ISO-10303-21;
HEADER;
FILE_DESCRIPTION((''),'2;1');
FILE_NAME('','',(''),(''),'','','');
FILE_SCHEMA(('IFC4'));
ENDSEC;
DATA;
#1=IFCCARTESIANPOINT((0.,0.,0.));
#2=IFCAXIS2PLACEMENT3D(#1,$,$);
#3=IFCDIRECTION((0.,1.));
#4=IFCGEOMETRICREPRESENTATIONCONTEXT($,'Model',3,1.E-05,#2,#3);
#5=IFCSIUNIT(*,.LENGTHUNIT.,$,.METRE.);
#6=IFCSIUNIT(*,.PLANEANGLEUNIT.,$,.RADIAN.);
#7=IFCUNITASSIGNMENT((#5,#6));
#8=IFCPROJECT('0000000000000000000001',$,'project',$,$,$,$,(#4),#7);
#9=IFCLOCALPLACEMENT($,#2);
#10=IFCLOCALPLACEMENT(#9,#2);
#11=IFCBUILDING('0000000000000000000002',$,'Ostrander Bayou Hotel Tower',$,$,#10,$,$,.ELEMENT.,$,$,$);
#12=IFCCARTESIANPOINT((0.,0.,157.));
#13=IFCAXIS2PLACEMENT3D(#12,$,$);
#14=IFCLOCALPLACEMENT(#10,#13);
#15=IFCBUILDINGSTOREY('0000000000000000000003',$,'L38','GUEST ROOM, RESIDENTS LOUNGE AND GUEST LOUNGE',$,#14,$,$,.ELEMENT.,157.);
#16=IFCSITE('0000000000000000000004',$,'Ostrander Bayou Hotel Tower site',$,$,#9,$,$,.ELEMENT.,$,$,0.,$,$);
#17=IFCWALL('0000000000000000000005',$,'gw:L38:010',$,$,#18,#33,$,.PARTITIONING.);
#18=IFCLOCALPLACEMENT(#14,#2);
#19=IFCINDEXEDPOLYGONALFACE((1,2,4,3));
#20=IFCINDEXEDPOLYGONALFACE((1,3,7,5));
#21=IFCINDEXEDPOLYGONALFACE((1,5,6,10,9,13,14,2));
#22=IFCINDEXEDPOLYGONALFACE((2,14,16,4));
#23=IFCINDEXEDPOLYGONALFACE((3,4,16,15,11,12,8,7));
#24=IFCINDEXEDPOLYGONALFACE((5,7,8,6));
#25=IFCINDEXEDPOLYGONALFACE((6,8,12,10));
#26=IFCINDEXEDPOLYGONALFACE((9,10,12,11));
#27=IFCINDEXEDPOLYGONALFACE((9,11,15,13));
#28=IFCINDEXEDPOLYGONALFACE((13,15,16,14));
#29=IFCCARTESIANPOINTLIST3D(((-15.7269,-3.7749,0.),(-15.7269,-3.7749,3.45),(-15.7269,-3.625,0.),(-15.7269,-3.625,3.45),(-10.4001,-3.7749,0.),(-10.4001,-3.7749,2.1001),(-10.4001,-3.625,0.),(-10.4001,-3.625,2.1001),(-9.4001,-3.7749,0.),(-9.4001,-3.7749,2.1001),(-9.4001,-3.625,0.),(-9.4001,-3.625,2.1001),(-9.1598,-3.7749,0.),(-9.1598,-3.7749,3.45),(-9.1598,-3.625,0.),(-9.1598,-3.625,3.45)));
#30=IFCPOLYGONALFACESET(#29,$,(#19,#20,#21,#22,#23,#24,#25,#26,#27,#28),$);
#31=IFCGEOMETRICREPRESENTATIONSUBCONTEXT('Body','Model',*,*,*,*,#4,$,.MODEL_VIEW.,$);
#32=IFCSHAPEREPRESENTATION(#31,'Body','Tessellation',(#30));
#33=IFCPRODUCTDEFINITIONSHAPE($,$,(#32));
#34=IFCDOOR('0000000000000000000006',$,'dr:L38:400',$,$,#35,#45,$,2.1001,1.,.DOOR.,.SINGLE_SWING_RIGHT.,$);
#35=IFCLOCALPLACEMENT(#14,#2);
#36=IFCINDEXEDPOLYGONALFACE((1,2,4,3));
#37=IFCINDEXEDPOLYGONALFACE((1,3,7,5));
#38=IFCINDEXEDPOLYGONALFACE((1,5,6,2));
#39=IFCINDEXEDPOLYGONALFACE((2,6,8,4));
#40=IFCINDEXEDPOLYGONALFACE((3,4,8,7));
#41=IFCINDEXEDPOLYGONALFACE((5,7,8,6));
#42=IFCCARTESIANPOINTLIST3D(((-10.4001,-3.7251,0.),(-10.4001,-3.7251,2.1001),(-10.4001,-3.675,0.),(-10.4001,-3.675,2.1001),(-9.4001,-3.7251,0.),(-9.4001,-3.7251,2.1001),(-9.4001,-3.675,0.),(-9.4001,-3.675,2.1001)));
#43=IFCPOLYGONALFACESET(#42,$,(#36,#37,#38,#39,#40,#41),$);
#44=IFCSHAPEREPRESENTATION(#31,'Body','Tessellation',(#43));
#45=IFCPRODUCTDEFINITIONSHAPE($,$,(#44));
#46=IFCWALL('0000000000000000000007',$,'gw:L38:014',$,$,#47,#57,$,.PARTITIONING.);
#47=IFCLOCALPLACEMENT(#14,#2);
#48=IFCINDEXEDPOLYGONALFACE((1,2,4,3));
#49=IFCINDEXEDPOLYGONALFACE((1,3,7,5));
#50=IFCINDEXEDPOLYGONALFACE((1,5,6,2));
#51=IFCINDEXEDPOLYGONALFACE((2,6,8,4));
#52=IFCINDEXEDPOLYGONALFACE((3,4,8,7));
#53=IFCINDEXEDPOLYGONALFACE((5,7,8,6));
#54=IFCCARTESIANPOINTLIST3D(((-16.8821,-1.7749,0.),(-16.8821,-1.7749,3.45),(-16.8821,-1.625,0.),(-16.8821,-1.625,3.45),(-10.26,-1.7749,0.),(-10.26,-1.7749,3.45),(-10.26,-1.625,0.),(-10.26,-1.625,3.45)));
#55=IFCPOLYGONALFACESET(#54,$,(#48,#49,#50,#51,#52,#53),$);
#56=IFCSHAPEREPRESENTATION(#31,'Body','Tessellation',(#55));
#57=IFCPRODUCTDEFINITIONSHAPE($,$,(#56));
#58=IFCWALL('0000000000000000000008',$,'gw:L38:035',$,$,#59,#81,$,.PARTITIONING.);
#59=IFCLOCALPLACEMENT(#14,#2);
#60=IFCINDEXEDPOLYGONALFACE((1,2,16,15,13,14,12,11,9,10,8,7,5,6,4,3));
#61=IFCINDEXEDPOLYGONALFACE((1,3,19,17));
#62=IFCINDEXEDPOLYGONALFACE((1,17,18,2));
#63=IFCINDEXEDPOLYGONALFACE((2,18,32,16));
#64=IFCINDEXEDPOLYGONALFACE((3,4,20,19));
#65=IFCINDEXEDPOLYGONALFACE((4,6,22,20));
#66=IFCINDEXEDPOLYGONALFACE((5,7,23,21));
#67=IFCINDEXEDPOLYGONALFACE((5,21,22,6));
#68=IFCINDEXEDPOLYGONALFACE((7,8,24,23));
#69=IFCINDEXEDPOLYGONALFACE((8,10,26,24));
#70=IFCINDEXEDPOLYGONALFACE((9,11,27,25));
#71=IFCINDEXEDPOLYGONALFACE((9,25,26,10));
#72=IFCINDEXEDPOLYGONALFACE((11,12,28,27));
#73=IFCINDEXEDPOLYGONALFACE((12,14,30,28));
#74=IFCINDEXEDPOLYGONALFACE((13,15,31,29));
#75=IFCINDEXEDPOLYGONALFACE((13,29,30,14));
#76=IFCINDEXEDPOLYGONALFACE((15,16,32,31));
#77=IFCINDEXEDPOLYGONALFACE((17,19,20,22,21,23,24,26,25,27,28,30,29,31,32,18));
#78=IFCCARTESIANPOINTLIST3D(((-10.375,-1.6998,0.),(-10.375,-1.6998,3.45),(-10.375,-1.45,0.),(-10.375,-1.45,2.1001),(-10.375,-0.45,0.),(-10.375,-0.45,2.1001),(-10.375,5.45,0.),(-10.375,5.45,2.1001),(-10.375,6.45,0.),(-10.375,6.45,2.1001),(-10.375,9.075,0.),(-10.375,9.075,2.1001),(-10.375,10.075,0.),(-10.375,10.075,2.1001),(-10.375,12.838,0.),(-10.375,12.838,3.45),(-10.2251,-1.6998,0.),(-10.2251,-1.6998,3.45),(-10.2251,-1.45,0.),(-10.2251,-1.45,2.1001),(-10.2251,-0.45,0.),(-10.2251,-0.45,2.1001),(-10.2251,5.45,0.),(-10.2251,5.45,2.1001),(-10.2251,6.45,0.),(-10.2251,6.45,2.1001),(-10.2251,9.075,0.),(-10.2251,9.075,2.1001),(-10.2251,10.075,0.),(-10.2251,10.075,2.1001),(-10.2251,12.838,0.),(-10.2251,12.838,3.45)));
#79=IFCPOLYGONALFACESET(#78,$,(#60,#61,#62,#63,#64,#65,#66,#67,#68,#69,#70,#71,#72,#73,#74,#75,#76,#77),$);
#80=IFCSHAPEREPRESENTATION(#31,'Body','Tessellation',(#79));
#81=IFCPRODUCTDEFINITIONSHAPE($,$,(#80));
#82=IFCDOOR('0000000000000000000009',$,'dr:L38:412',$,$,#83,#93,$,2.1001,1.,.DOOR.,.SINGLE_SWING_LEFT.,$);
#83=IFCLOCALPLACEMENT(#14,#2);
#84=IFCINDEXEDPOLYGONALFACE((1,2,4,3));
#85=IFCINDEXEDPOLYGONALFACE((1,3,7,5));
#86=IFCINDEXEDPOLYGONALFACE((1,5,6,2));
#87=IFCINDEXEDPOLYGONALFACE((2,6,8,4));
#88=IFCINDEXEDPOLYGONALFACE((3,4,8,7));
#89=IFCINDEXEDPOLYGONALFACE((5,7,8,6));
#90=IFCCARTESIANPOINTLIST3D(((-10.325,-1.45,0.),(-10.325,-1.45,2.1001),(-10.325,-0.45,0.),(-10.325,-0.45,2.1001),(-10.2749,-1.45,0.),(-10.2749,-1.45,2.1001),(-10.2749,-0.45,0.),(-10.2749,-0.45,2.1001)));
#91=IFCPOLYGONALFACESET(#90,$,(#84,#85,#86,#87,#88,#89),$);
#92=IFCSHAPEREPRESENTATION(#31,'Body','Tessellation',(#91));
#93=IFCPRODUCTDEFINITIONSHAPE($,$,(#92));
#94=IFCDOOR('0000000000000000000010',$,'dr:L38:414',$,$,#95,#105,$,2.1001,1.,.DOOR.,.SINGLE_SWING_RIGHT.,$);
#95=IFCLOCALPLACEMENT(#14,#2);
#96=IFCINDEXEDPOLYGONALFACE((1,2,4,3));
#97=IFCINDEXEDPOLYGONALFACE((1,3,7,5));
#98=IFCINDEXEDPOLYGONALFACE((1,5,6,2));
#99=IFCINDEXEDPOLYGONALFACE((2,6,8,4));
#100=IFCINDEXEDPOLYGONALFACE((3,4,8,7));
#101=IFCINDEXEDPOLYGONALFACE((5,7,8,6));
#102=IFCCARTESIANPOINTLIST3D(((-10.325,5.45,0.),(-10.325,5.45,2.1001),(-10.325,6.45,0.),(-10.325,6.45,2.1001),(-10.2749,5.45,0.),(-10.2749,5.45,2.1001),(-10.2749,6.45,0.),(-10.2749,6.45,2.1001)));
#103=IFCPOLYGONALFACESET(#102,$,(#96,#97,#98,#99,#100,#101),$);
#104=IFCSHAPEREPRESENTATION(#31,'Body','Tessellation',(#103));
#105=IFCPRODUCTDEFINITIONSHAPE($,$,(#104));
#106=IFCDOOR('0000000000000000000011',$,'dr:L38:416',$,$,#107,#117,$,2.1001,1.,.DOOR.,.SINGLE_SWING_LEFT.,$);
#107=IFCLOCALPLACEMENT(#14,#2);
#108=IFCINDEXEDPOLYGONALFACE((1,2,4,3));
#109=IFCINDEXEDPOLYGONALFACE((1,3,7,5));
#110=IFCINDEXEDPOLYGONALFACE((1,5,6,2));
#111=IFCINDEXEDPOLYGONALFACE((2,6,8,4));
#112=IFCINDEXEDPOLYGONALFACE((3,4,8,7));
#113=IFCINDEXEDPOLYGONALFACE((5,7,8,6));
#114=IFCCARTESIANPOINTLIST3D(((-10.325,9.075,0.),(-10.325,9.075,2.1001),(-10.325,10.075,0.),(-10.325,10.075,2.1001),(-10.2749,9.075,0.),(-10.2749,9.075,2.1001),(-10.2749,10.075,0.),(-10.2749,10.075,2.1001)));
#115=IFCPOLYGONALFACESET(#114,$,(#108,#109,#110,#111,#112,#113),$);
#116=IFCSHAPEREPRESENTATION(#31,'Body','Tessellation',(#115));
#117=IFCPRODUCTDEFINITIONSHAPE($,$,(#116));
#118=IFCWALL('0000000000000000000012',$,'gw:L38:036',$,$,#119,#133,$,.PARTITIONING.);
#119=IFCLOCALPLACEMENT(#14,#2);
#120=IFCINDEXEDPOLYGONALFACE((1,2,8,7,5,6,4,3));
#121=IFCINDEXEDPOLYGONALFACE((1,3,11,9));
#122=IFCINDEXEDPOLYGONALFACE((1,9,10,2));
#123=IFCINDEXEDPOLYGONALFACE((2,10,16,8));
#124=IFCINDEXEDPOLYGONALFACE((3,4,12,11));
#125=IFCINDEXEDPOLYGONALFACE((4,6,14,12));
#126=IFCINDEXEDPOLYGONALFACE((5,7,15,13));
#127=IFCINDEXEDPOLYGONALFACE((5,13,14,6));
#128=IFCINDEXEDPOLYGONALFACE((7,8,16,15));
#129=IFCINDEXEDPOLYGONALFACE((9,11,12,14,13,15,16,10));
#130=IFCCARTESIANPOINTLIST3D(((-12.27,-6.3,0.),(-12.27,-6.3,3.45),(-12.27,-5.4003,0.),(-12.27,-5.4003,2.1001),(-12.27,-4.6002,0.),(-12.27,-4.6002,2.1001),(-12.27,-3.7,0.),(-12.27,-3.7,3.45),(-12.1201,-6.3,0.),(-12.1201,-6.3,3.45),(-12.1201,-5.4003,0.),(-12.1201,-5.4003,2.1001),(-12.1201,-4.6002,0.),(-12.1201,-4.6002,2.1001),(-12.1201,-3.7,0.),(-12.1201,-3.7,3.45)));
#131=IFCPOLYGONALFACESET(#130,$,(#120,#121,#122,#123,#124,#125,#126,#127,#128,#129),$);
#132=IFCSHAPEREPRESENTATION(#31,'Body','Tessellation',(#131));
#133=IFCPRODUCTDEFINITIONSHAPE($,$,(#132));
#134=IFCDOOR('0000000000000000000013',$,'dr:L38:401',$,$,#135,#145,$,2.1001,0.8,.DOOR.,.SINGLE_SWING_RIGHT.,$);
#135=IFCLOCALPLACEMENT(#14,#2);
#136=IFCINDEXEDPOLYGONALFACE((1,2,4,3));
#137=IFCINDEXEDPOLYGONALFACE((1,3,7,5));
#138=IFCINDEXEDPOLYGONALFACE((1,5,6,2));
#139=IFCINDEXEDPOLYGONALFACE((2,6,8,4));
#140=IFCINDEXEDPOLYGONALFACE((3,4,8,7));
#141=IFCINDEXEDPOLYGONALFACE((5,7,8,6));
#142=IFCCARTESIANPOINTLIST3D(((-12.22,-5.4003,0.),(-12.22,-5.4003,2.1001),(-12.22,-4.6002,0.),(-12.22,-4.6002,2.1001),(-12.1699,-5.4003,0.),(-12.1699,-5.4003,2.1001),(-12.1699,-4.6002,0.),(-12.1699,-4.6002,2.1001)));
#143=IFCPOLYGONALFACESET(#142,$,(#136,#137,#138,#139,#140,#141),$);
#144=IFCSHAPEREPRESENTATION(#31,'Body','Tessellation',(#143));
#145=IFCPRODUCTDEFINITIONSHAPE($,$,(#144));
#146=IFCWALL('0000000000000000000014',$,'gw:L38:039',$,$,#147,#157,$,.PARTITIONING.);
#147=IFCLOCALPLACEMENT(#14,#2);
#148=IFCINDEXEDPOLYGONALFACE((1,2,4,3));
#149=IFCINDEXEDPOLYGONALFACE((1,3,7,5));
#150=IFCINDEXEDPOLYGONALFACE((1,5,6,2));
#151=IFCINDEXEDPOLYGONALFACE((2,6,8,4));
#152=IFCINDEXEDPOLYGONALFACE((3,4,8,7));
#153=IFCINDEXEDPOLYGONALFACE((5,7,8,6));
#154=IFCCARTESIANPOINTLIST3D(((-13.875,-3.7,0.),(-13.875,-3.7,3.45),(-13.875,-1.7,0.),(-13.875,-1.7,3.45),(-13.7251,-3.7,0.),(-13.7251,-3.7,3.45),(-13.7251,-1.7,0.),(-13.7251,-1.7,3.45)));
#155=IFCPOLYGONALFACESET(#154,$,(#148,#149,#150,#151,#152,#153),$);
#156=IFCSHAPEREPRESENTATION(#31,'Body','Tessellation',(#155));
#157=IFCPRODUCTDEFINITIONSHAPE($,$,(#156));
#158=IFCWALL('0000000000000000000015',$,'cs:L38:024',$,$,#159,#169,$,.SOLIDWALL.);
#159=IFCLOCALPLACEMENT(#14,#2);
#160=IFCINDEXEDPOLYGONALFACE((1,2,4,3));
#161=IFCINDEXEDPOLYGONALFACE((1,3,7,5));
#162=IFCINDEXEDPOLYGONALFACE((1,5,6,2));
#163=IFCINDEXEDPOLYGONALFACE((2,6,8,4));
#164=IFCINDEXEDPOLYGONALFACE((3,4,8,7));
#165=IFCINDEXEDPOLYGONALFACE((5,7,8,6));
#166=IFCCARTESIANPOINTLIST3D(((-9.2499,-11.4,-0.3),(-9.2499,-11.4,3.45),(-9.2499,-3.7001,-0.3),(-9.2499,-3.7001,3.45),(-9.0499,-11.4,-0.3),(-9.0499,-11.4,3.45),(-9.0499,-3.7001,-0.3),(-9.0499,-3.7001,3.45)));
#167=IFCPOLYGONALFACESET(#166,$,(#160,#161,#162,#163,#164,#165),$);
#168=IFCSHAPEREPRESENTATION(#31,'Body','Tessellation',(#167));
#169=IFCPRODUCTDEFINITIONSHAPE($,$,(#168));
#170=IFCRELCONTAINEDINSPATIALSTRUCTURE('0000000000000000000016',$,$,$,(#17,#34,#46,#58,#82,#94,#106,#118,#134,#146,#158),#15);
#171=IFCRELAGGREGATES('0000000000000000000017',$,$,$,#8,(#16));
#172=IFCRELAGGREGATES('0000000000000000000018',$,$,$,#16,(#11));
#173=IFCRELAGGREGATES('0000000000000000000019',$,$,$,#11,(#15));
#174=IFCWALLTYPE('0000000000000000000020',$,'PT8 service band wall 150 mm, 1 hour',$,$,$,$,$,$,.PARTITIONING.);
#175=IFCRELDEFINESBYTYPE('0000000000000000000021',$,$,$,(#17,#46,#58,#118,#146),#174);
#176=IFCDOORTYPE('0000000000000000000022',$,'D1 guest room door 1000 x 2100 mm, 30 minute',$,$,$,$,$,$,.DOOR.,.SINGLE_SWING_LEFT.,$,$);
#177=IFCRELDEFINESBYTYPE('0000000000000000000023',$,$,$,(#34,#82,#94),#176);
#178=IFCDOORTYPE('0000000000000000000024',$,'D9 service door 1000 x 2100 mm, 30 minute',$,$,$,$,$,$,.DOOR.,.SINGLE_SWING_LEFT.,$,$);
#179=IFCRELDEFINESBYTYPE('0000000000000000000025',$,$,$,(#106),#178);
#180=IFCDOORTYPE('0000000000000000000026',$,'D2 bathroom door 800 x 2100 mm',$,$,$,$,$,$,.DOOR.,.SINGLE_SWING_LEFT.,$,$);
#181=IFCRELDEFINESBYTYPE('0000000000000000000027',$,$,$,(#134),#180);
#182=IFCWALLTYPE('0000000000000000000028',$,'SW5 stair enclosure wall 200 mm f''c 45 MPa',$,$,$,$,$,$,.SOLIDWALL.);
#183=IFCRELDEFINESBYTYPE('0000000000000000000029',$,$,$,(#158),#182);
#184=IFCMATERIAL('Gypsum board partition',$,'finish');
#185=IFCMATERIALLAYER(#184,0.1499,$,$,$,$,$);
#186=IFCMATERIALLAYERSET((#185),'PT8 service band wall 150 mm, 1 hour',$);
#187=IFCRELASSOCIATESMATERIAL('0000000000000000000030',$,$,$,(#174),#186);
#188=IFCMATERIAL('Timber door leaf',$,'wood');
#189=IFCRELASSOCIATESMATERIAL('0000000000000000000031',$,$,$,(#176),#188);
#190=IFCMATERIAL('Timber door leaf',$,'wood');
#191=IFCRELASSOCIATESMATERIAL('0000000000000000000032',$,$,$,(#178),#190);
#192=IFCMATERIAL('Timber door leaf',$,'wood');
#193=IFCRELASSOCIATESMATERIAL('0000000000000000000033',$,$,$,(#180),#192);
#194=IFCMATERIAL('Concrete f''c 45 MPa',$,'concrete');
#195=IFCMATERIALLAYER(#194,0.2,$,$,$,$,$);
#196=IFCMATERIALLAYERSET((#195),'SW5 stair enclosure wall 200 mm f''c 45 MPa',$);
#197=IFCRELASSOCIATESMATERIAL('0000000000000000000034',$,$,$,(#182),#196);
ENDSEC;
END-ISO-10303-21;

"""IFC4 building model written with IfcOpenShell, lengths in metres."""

from ifc_helpers import new_model, si_unit, direction, frame, frame_2d, origin, place, context, subcontext, project, spatial, rectangle, extrude, material, layer, layer_set, type_object, element, fill, save


model = new_model("IFC4")

# Units and contexts
model_context = context("Model", 3, precision=1e-05, world=origin(), true_north=direction((0.0, 1.0)))
body_context = subcontext(model_context, "Body", "Model", "MODEL_VIEW")
ifc_project = project(units=[si_unit("LENGTHUNIT", "METRE"), si_unit("PLANEANGLEUNIT", "RADIAN")], contexts=[model_context])

# Site, building, storey
site_placement = place(None, origin())
site = spatial("IfcSite", under=ifc_project, at=site_placement, Name="Ostrander Bayou Hotel Tower site", CompositionType="ELEMENT", RefElevation=0.0)
building_placement = place(site_placement, origin())
building = spatial("IfcBuilding", under=site, at=building_placement, Name="Ostrander Bayou Hotel Tower", CompositionType="ELEMENT")
storey_placement = place(building_placement, frame((0.0, 0.0, 157.0)))
storey = spatial("IfcBuildingStorey", under=building, at=storey_placement, Name="L38", Description="GUEST ROOM, RESIDENTS LOUNGE AND GUEST LOUNGE", CompositionType="ELEMENT", Elevation=157.0)

# Shared definitions
ifc_material_1 = material(Name="Gypsum board partition", Category="finish")
ifc_layer_1 = layer(ifc_material_1, 0.1499)
ifc_layer_set_1 = layer_set([ifc_layer_1], Name="PT8 service band wall 150 mm, 1 hour")
wall_type_1 = type_object("IfcWallType", Name="PT8 service band wall 150 mm, 1 hour", PredefinedType="PARTITIONING", material=ifc_layer_set_1)

# Wall, opening, door
wall_1_placement = place(storey_placement, frame((-15.7271, -3.7, 0.0), z_axis=(0.0, 0.0, 1.0), x_axis=(1.0, 0.0, 0.0)))
wall_1 = element("IfcWall", 1, at=wall_1_placement, inside=storey, type_object=wall_type_1, Name="gw:L38:010", PredefinedType="PARTITIONING", context=body_context, shape_type="SweptSolid", body=[
    extrude(rectangle(XDim=6.5671, YDim=0.1499, at=frame_2d((3.2837, 0.0))), origin(), (0.0, 0.0, 1.0), 3.45),
])
opening_1_placement = place(wall_1_placement, frame((5.3269, 0.0, 0.0)))
opening_1 = element("IfcOpeningElement", 2, at=opening_1_placement, cuts=wall_1, PredefinedType="OPENING", context=body_context, shape_type="SweptSolid", body=[
    extrude(rectangle(XDim=1.0, YDim=2.1001, at=frame_2d((0.5, 1.05))), frame((0.0, 0.075, 0.0), z_axis=(0.0, -1.0, 0.0), x_axis=(1.0, 0.0, 0.0)), (0.0, 0.0, 1.0), 0.1499),
])
ifc_material_2 = material(Name="Timber door leaf", Category="wood")
door_type_1 = type_object("IfcDoorType", Name="D1 guest room door 1000 x 2100 mm, 30 minute", OperationType="SINGLE_SWING_LEFT", PredefinedType="DOOR", material=ifc_material_2)
door_1_placement = place(opening_1_placement, origin())
door_1 = element("IfcDoor", 3, at=door_1_placement, inside=storey, type_object=door_type_1, Name="dr:L38:400", OperationType="SINGLE_SWING_RIGHT", OverallHeight=2.1001, OverallWidth=1.0, PredefinedType="DOOR", context=body_context, shape_type="SweptSolid", body=[
    extrude(rectangle(XDim=1.0, YDim=2.1001, at=frame_2d((0.5, 1.05))), frame((0.0, 0.0249, 0.0), z_axis=(0.0, -1.0, 0.0), x_axis=(1.0, 0.0, 0.0)), (0.0, 0.0, 1.0), 0.05),
])
fill(opening_1, door_1)

# Wall
wall_2_placement = place(storey_placement, frame((-16.8821, -1.7, 0.0), z_axis=(0.0, 0.0, 1.0), x_axis=(1.0, 0.0, 0.0)))
element("IfcWall", 4, at=wall_2_placement, inside=storey, type_object=wall_type_1, Name="gw:L38:014", PredefinedType="PARTITIONING", context=body_context, shape_type="SweptSolid", body=[
    extrude(rectangle(XDim=6.6221, YDim=0.1499, at=frame_2d((3.311, 0.0))), origin(), (0.0, 0.0, 1.0), 3.45),
])

# Wall, openings, doors
wall_3_placement = place(storey_placement, frame((-10.3, -1.7, 0.0), z_axis=(0.0, 0.0, 1.0), x_axis=(0.0, 1.0, 0.0)))
wall_3 = element("IfcWall", 5, at=wall_3_placement, inside=storey, type_object=wall_type_1, Name="gw:L38:035", PredefinedType="PARTITIONING", context=body_context, shape_type="SweptSolid", body=[
    extrude(rectangle(XDim=14.5378, YDim=0.1499, at=frame_2d((7.269, 0.0))), origin(), (0.0, 0.0, 1.0), 3.45),
])
opening_2_placement = place(wall_3_placement, frame((0.25, 0.0, 0.0)))
opening_2 = element("IfcOpeningElement", 6, at=opening_2_placement, cuts=wall_3, PredefinedType="OPENING", context=body_context, shape_type="SweptSolid", body=[
    extrude(rectangle(XDim=1.0, YDim=2.1001, at=frame_2d((0.5, 1.05))), frame((0.0, 0.075, 0.0), z_axis=(0.0, -1.0, 0.0), x_axis=(1.0, 0.0, 0.0)), (0.0, 0.0, 1.0), 0.1499),
])
opening_3_placement = place(wall_3_placement, frame((7.1499, 0.0, 0.0)))
opening_3 = element("IfcOpeningElement", 7, at=opening_3_placement, cuts=wall_3, PredefinedType="OPENING", context=body_context, shape_type="SweptSolid", body=[
    extrude(rectangle(XDim=1.0, YDim=2.1001, at=frame_2d((0.5, 1.05))), frame((0.0, 0.075, 0.0), z_axis=(0.0, -1.0, 0.0), x_axis=(1.0, 0.0, 0.0)), (0.0, 0.0, 1.0), 0.1499),
])
opening_4_placement = place(wall_3_placement, frame((10.7749, 0.0, 0.0)))
opening_4 = element("IfcOpeningElement", 8, at=opening_4_placement, cuts=wall_3, PredefinedType="OPENING", context=body_context, shape_type="SweptSolid", body=[
    extrude(rectangle(XDim=1.0, YDim=2.1001, at=frame_2d((0.5, 1.05))), frame((0.0, 0.075, 0.0), z_axis=(0.0, -1.0, 0.0), x_axis=(1.0, 0.0, 0.0)), (0.0, 0.0, 1.0), 0.1499),
])
door_2_placement = place(opening_2_placement, origin())
door_2 = element("IfcDoor", 9, at=door_2_placement, inside=storey, type_object=door_type_1, Name="dr:L38:412", OperationType="SINGLE_SWING_LEFT", OverallHeight=2.1001, OverallWidth=1.0, PredefinedType="DOOR", context=body_context, shape_type="SweptSolid", body=[
    extrude(rectangle(XDim=1.0, YDim=2.1001, at=frame_2d((0.5, 1.05))), frame((0.0, 0.0249, 0.0), z_axis=(0.0, -1.0, 0.0), x_axis=(1.0, 0.0, 0.0)), (0.0, 0.0, 1.0), 0.05),
])
fill(opening_2, door_2)
door_3_placement = place(opening_3_placement, origin())
door_3 = element("IfcDoor", 10, at=door_3_placement, inside=storey, type_object=door_type_1, Name="dr:L38:414", OperationType="SINGLE_SWING_RIGHT", OverallHeight=2.1001, OverallWidth=1.0, PredefinedType="DOOR", context=body_context, shape_type="SweptSolid", body=[
    extrude(rectangle(XDim=1.0, YDim=2.1001, at=frame_2d((0.5, 1.05))), frame((0.0, 0.0249, 0.0), z_axis=(0.0, -1.0, 0.0), x_axis=(1.0, 0.0, 0.0)), (0.0, 0.0, 1.0), 0.05),
])
fill(opening_3, door_3)
ifc_material_3 = material(Name="Timber door leaf", Category="wood")
door_type_2 = type_object("IfcDoorType", Name="D9 service door 1000 x 2100 mm, 30 minute", OperationType="SINGLE_SWING_LEFT", PredefinedType="DOOR", material=ifc_material_3)
door_4_placement = place(opening_4_placement, origin())
door_4 = element("IfcDoor", 11, at=door_4_placement, inside=storey, type_object=door_type_2, Name="dr:L38:416", OperationType="SINGLE_SWING_LEFT", OverallHeight=2.1001, OverallWidth=1.0, PredefinedType="DOOR", context=body_context, shape_type="SweptSolid", body=[
    extrude(rectangle(XDim=1.0, YDim=2.1001, at=frame_2d((0.5, 1.05))), frame((0.0, 0.0249, 0.0), z_axis=(0.0, -1.0, 0.0), x_axis=(1.0, 0.0, 0.0)), (0.0, 0.0, 1.0), 0.05),
])
fill(opening_4, door_4)

# Wall, opening, door
wall_4_placement = place(storey_placement, frame((-12.1951, -6.3, 0.0), z_axis=(0.0, 0.0, 1.0), x_axis=(0.0, 1.0, 0.0)))
wall_4 = element("IfcWall", 12, at=wall_4_placement, inside=storey, type_object=wall_type_1, Name="gw:L38:036", PredefinedType="PARTITIONING", context=body_context, shape_type="SweptSolid", body=[
    extrude(rectangle(XDim=2.6001, YDim=0.1499, at=frame_2d((1.3, 0.0))), origin(), (0.0, 0.0, 1.0), 3.45),
])
opening_5_placement = place(wall_4_placement, frame((0.8999, 0.0, 0.0)))
opening_5 = element("IfcOpeningElement", 13, at=opening_5_placement, cuts=wall_4, PredefinedType="OPENING", context=body_context, shape_type="SweptSolid", body=[
    extrude(rectangle(XDim=0.8, YDim=2.1001, at=frame_2d((0.3999, 1.05))), frame((0.0, 0.075, 0.0), z_axis=(0.0, -1.0, 0.0), x_axis=(1.0, 0.0, 0.0)), (0.0, 0.0, 1.0), 0.1499),
])
ifc_material_4 = material(Name="Timber door leaf", Category="wood")
door_type_3 = type_object("IfcDoorType", Name="D2 bathroom door 800 x 2100 mm", OperationType="SINGLE_SWING_LEFT", PredefinedType="DOOR", material=ifc_material_4)
door_5_placement = place(opening_5_placement, origin())
door_5 = element("IfcDoor", 14, at=door_5_placement, inside=storey, type_object=door_type_3, Name="dr:L38:401", OperationType="SINGLE_SWING_RIGHT", OverallHeight=2.1001, OverallWidth=0.8, PredefinedType="DOOR", context=body_context, shape_type="SweptSolid", body=[
    extrude(rectangle(XDim=0.8, YDim=2.1001, at=frame_2d((0.3999, 1.05))), frame((0.0, 0.0249, 0.0), z_axis=(0.0, -1.0, 0.0), x_axis=(1.0, 0.0, 0.0)), (0.0, 0.0, 1.0), 0.05),
])
fill(opening_5, door_5)

# Wall
wall_5_placement = place(storey_placement, frame((-13.8, -3.7, 0.0), z_axis=(0.0, 0.0, 1.0), x_axis=(0.0, 1.0, 0.0)))
element("IfcWall", 15, at=wall_5_placement, inside=storey, type_object=wall_type_1, Name="gw:L38:039", PredefinedType="PARTITIONING", context=body_context, shape_type="SweptSolid", body=[
    extrude(rectangle(XDim=2.0, YDim=0.1499, at=frame_2d((1.0, 0.0))), origin(), (0.0, 0.0, 1.0), 3.45),
])

# Shared definitions
ifc_material_5 = material(Name="Concrete f'c 45 MPa", Category="concrete")
ifc_layer_2 = layer(ifc_material_5, 0.2)
ifc_layer_set_2 = layer_set([ifc_layer_2], Name="SW5 stair enclosure wall 200 mm f'c 45 MPa")
wall_type_2 = type_object("IfcWallType", Name="SW5 stair enclosure wall 200 mm f'c 45 MPa", PredefinedType="SOLIDWALL", material=ifc_layer_set_2)

# Wall
wall_6_placement = place(storey_placement, frame((-9.1499, -3.7, -0.3), z_axis=(0.0, 0.0, 1.0), x_axis=(0.0, -1.0, 0.0)))
element("IfcWall", 16, at=wall_6_placement, inside=storey, type_object=wall_type_2, Name="cs:L38:024", PredefinedType="SOLIDWALL", context=body_context, shape_type="SweptSolid", body=[
    extrude(rectangle(XDim=7.7, YDim=0.2, at=frame_2d((3.8501, 0.0))), origin(), (0.0, 0.0, 1.0), 3.75),
])

save(model, "model.ifc")
